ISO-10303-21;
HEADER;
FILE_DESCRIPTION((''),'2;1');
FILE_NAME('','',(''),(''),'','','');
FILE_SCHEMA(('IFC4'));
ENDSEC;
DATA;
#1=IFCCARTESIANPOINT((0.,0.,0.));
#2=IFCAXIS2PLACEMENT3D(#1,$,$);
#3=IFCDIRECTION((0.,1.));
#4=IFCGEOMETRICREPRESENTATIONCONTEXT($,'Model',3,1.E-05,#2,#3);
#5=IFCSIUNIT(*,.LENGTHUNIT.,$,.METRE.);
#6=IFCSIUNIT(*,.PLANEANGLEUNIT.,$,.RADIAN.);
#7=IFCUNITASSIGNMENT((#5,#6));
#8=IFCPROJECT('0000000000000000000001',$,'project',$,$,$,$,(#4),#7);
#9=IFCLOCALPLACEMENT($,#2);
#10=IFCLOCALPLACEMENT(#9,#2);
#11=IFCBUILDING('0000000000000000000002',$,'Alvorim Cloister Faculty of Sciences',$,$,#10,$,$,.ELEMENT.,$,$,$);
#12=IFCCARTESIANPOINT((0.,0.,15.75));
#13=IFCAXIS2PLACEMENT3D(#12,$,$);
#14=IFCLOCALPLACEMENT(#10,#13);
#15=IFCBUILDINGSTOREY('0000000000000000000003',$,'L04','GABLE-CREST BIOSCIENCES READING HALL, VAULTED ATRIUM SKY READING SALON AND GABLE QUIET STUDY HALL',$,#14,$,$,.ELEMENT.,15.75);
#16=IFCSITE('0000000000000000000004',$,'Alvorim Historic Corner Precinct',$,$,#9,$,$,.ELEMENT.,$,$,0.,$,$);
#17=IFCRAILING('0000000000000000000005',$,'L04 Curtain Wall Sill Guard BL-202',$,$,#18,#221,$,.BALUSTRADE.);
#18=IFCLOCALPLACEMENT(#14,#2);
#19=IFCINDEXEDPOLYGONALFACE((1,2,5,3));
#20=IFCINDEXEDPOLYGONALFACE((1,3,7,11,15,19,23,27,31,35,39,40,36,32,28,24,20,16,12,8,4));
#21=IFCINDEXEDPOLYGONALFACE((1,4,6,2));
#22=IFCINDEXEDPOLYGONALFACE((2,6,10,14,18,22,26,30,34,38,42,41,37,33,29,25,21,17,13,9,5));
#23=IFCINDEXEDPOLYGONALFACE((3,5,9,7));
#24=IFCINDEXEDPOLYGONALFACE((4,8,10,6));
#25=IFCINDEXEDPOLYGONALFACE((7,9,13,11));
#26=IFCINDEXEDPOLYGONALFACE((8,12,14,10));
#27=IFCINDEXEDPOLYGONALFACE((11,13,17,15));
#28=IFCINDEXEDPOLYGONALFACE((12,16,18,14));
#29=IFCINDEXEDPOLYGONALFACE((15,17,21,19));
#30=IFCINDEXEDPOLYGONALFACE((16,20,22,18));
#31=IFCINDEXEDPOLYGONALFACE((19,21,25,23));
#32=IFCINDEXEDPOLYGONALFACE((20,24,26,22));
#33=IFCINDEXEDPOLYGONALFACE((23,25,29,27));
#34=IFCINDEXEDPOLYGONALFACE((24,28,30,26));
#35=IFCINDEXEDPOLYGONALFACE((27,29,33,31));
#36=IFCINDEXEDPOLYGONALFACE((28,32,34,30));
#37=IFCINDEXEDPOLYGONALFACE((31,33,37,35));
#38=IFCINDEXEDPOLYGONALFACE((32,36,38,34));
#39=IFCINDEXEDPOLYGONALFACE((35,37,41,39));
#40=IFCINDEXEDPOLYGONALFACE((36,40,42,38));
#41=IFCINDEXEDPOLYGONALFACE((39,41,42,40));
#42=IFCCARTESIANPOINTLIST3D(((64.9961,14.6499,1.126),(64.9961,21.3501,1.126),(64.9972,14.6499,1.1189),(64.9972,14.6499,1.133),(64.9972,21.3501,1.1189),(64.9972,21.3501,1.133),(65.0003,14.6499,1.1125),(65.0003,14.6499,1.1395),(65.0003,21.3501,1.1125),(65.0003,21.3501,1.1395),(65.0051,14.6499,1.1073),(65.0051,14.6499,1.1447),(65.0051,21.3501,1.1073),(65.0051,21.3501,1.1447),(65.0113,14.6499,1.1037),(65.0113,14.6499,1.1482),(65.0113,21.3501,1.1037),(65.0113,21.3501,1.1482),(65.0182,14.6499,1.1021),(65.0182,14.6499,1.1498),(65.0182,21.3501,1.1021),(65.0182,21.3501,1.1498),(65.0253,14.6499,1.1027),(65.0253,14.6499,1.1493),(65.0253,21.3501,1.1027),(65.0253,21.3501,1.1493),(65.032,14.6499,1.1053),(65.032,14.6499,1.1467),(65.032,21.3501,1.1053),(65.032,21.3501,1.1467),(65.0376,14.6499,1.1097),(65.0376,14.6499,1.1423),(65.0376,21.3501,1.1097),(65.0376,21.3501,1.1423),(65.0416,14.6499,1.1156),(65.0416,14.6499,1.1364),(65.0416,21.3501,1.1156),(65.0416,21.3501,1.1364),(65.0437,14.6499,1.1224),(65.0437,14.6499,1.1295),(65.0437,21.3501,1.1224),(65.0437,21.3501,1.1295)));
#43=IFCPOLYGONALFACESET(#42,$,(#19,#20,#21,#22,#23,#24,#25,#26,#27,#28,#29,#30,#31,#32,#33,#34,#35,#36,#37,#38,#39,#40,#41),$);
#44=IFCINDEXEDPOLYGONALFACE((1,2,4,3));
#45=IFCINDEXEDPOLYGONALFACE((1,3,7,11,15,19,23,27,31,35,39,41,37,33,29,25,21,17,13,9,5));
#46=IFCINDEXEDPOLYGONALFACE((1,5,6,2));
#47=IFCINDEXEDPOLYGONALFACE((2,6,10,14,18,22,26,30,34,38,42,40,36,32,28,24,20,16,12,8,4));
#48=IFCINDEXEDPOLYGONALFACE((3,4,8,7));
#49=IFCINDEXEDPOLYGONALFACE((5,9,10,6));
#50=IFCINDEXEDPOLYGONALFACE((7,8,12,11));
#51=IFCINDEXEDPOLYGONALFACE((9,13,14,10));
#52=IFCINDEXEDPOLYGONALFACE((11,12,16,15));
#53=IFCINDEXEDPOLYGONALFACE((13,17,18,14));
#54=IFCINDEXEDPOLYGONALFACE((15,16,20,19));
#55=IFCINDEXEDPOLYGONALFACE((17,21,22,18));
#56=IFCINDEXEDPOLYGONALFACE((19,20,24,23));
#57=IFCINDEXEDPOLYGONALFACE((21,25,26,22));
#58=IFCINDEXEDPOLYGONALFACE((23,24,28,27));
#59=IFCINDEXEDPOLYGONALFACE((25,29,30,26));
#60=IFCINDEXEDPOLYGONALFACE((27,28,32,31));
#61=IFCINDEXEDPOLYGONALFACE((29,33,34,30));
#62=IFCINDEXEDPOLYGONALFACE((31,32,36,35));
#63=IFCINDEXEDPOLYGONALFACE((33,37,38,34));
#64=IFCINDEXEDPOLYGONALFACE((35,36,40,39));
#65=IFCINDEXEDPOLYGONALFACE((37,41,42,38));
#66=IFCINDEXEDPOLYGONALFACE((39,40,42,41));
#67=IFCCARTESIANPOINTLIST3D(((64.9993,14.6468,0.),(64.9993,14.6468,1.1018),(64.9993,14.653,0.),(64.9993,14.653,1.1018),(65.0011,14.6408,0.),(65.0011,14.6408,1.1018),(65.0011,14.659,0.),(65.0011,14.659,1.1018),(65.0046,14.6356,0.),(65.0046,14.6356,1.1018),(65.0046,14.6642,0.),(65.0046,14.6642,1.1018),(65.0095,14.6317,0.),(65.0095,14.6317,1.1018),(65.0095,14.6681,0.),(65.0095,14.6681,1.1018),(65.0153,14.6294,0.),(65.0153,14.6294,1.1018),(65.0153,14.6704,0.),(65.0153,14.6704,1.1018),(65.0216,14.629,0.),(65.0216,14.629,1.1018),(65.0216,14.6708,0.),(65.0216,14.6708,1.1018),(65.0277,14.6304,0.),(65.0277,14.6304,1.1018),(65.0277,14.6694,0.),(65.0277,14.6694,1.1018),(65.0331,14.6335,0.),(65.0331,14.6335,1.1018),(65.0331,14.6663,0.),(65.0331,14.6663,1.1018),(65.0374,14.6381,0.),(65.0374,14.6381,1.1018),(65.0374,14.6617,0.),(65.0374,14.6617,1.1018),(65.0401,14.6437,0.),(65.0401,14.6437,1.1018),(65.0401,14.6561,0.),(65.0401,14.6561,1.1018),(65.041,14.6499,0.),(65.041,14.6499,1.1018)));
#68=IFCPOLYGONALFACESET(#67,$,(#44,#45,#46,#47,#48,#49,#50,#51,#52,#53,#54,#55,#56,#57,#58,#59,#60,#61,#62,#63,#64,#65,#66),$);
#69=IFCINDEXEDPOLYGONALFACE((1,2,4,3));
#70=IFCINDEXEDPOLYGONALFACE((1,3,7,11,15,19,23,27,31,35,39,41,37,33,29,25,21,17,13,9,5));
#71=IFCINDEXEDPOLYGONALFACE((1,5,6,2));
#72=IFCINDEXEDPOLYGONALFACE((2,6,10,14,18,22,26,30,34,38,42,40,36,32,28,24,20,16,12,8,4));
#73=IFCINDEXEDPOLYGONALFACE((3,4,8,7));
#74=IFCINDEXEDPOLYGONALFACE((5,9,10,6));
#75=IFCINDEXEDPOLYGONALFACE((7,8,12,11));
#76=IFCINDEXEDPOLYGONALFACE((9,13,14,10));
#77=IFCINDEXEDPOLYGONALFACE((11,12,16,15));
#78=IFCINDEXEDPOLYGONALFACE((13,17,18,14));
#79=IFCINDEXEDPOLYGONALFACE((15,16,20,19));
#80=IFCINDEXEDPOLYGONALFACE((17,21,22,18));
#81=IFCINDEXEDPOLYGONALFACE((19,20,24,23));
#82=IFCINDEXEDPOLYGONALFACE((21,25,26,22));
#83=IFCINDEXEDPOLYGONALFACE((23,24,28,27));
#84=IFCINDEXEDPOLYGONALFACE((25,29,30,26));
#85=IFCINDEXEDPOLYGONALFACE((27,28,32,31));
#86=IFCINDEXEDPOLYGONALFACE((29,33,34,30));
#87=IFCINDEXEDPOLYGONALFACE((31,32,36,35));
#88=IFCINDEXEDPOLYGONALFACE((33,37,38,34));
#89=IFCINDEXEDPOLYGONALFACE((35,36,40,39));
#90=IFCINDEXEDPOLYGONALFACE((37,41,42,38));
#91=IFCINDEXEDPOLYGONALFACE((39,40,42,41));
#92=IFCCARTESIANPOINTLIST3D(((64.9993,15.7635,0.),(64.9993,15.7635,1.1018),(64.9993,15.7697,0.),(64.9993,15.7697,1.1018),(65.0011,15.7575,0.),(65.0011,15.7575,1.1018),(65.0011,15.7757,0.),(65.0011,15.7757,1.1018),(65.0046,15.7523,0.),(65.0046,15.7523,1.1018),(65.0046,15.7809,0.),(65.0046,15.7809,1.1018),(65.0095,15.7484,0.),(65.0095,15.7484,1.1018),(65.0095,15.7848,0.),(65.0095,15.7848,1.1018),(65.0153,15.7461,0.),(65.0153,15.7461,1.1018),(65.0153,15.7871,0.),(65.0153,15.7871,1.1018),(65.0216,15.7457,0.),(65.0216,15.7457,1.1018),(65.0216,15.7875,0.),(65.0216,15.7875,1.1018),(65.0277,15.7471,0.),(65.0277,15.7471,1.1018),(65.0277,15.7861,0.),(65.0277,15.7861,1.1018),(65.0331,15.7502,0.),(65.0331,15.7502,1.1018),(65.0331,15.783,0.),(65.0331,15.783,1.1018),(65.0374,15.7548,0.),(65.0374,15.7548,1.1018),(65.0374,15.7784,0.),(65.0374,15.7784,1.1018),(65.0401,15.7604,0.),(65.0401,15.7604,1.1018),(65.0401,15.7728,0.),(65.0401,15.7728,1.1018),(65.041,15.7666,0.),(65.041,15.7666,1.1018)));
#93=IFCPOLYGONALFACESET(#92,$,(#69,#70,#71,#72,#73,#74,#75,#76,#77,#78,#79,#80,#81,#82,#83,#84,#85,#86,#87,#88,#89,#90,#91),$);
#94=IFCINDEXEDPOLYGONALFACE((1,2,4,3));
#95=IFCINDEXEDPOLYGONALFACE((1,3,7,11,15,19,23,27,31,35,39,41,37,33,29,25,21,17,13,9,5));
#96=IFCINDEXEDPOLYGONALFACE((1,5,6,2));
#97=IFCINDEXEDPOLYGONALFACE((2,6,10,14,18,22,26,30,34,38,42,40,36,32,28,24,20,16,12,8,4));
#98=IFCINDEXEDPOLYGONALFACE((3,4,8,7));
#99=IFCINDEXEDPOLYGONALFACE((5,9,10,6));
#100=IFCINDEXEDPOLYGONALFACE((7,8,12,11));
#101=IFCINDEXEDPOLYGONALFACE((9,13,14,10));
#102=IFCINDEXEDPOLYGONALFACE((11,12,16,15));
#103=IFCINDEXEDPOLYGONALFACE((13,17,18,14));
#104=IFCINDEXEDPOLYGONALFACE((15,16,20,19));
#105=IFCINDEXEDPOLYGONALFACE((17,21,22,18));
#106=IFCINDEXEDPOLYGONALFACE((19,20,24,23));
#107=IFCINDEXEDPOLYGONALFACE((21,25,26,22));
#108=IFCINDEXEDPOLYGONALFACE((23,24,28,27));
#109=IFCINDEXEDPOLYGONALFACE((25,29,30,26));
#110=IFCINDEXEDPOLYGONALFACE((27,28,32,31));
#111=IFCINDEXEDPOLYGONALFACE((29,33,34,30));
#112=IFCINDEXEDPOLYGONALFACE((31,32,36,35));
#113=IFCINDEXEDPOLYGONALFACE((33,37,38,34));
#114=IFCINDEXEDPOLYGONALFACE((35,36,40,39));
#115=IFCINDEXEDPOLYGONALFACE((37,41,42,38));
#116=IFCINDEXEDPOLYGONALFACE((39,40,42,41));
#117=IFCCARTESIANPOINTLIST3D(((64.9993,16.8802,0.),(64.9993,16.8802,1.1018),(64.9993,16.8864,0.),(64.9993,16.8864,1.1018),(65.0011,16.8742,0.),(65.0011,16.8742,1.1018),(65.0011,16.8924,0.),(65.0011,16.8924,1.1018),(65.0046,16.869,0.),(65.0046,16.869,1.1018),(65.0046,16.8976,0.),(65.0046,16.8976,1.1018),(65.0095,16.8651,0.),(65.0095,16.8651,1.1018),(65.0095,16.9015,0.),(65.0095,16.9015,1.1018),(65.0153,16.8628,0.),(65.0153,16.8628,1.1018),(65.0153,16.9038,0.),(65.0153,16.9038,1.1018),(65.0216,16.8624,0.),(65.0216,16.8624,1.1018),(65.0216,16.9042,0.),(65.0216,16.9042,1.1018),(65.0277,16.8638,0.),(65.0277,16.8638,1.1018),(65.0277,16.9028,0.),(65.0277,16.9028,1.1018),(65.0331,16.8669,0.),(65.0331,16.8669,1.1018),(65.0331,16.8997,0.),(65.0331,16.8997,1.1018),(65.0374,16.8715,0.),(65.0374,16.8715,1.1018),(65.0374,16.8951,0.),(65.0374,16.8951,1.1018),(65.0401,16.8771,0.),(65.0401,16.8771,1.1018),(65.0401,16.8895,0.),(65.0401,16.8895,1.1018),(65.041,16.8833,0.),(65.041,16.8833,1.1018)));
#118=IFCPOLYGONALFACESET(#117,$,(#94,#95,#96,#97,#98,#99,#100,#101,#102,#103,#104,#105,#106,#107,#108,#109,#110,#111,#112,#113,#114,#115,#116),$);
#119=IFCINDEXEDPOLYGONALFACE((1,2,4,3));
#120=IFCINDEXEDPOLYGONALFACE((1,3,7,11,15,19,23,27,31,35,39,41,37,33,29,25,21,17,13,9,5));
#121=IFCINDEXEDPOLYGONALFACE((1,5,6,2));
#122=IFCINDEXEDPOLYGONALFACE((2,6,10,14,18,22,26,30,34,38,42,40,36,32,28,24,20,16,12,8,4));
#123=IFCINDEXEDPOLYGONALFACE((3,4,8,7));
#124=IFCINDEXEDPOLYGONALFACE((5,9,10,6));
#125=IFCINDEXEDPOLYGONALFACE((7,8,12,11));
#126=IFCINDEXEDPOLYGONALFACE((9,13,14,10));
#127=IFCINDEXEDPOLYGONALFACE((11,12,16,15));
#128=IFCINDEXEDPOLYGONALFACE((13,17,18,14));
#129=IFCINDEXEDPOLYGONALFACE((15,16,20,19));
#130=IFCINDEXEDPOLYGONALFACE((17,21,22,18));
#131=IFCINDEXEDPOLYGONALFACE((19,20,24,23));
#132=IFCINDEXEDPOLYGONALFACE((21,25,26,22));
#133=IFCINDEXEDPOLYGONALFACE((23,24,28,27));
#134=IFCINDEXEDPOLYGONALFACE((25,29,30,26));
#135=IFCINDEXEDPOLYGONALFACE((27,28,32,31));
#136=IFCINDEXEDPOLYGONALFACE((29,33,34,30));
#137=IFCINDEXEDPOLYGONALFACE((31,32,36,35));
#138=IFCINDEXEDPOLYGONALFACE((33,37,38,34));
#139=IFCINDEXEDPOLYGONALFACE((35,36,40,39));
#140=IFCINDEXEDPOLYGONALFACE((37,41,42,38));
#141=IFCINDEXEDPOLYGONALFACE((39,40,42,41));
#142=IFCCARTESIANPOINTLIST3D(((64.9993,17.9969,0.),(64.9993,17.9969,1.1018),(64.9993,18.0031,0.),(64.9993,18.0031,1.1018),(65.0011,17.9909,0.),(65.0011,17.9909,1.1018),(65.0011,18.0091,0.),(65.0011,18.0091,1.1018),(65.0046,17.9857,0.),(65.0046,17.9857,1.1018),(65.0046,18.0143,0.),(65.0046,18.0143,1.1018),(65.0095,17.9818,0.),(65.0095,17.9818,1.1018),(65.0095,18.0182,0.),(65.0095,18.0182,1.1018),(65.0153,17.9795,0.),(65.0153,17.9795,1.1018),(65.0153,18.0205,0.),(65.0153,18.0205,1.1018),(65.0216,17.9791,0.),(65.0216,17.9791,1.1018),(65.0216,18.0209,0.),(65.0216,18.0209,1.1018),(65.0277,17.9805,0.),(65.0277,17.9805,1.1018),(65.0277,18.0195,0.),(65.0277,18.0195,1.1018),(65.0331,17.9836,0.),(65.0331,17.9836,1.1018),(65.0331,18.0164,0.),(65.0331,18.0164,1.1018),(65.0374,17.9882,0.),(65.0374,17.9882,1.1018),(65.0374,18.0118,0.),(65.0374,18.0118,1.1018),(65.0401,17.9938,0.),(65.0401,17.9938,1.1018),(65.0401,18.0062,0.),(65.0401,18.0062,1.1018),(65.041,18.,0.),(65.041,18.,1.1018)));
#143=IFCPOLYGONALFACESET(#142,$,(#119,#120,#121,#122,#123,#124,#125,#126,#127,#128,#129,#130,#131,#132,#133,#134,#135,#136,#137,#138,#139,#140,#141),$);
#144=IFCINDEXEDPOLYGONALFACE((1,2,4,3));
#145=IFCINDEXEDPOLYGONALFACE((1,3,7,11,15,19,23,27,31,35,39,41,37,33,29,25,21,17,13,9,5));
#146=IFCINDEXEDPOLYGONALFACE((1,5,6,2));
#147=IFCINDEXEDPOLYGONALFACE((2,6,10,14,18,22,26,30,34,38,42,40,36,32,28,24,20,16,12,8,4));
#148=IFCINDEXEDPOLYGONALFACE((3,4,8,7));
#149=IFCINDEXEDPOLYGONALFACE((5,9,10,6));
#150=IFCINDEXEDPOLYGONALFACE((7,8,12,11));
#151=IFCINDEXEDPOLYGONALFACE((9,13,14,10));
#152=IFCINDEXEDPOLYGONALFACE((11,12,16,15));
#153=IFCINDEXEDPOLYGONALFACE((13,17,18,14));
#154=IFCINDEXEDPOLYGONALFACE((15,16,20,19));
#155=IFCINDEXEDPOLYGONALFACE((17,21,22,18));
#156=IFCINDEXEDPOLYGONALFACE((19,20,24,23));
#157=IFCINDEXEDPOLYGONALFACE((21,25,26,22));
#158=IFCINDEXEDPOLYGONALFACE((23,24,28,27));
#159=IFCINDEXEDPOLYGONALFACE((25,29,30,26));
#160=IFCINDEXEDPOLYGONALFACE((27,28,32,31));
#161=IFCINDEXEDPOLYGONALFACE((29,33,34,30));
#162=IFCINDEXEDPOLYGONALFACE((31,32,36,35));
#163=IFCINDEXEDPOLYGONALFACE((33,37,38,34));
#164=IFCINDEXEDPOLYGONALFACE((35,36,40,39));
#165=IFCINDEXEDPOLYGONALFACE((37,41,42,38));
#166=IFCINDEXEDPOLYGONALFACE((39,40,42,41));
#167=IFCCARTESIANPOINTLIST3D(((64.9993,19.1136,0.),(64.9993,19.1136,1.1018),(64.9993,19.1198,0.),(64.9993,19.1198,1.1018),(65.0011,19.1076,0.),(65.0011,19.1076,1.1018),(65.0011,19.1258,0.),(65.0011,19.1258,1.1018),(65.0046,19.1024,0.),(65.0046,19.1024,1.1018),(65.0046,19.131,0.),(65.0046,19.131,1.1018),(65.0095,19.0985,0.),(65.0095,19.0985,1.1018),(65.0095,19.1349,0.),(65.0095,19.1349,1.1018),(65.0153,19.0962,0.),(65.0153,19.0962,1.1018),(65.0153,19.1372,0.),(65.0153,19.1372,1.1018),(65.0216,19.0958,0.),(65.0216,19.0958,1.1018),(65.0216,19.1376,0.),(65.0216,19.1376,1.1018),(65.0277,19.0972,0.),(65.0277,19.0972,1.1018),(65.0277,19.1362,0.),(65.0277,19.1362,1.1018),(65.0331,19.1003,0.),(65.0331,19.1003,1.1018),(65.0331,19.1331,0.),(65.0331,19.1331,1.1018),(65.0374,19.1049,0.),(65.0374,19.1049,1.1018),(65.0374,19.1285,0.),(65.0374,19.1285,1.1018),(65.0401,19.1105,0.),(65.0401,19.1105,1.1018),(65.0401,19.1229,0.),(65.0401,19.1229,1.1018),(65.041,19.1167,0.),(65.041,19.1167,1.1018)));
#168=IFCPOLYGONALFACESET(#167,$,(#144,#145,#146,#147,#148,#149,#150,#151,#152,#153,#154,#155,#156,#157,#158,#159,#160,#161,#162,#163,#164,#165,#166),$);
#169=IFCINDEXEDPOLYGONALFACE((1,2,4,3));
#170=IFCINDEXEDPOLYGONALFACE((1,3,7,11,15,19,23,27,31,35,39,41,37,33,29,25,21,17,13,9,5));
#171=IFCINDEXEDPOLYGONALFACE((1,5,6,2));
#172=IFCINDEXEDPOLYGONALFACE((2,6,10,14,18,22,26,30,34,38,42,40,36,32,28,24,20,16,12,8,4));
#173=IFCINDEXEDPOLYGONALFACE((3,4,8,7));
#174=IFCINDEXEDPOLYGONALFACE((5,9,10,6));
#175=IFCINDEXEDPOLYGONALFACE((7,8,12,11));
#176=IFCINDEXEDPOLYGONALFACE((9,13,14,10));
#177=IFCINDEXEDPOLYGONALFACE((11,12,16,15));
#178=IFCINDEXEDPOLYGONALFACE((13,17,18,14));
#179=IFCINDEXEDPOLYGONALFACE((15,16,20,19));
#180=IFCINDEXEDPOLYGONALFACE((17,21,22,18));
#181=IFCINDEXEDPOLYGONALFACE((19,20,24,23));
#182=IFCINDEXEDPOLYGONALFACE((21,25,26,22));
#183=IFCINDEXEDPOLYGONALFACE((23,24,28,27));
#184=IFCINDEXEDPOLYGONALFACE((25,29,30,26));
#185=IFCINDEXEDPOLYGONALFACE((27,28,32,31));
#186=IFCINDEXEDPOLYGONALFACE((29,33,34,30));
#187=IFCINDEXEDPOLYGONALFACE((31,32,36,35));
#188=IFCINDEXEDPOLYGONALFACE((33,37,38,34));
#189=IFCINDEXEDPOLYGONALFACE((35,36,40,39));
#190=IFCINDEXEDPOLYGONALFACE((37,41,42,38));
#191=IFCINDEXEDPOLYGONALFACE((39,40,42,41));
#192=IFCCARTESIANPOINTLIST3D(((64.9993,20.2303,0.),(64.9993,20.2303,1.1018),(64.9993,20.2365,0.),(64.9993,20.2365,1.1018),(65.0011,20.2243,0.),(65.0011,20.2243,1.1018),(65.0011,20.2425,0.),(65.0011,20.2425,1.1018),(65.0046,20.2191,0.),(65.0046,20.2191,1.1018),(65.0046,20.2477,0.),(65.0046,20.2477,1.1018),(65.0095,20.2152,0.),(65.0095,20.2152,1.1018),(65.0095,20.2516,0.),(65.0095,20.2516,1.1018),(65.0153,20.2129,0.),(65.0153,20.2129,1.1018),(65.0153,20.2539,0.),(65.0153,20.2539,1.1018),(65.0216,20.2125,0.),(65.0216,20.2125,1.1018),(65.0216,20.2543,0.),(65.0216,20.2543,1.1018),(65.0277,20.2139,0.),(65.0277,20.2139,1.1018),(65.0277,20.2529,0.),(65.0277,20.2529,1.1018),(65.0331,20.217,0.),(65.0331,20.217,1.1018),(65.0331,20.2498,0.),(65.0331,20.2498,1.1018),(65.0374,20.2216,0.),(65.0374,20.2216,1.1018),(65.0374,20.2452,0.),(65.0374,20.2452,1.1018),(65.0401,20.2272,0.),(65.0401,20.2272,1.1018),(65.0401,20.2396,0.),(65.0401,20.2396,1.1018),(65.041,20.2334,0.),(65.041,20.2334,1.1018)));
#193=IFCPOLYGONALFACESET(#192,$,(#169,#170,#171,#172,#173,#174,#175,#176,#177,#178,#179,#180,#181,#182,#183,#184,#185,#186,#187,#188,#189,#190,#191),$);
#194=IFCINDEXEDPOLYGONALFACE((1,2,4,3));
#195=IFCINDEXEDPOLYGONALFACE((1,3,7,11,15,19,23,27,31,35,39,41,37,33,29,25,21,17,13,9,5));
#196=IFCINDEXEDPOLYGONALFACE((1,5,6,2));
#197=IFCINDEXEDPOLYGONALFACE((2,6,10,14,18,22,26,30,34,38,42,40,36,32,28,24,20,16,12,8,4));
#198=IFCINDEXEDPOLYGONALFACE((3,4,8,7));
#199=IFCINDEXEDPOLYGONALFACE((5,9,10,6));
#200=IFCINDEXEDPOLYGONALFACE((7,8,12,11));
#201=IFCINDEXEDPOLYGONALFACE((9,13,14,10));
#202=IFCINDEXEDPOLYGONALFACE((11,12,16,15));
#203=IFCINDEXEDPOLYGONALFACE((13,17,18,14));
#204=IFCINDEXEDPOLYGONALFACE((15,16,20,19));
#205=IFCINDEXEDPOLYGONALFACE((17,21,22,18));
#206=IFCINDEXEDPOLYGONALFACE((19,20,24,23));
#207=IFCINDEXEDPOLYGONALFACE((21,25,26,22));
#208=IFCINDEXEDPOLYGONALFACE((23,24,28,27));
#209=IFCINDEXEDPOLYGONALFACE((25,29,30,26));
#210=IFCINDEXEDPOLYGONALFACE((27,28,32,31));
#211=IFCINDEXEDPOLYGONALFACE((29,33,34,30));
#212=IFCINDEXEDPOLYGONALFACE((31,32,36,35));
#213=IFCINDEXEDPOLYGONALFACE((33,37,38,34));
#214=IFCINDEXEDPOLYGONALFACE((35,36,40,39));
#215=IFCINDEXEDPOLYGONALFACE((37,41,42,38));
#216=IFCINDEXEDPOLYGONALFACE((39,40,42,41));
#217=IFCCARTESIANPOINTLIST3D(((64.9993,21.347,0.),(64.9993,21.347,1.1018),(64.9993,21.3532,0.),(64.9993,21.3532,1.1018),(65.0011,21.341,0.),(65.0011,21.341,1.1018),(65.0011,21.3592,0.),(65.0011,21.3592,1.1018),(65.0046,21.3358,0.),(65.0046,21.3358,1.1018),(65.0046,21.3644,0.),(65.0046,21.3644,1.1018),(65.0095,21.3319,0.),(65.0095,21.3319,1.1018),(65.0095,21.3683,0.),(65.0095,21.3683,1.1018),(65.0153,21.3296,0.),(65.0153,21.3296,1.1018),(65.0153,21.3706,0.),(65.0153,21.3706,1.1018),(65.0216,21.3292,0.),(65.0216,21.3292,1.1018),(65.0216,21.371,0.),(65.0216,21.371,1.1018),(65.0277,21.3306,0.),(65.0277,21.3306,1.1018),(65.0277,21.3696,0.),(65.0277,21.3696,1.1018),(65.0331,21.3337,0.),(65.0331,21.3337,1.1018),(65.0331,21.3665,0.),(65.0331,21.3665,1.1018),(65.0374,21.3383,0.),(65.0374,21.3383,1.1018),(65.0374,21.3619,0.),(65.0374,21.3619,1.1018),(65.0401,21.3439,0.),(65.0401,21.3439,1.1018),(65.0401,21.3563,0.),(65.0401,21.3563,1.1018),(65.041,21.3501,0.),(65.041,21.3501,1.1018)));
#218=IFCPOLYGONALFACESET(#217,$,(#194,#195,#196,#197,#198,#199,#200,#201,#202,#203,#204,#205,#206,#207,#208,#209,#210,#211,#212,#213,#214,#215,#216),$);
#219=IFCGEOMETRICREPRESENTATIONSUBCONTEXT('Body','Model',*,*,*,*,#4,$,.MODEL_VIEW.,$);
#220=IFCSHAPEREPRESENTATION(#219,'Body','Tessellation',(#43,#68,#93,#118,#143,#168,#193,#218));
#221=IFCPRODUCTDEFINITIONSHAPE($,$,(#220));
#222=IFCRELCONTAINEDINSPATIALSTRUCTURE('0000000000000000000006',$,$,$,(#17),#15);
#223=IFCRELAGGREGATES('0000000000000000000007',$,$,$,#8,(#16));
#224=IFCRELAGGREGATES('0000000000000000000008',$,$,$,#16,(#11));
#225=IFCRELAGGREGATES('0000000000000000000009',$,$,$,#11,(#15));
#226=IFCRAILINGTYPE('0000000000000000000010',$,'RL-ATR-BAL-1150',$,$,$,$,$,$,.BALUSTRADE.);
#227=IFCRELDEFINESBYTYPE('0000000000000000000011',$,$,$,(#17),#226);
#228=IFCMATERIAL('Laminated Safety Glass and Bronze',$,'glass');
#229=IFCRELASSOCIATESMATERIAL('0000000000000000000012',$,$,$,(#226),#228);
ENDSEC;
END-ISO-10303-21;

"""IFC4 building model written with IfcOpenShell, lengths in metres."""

from ifc_helpers import new_model, si_unit, direction, frame, origin, origin_2d, place, context, subcontext, project, spatial, circle, extrude, material, type_object, element, save


model = new_model("IFC4")

# Units and contexts
model_context = context("Model", 3, precision=1e-05, world=origin(), true_north=direction((0.0, 1.0)))
body_context = subcontext(model_context, "Body", "Model", "MODEL_VIEW")
ifc_project = project(units=[si_unit("LENGTHUNIT", "METRE"), si_unit("PLANEANGLEUNIT", "RADIAN")], contexts=[model_context])

# Site, building, storey
site_placement = place(None, origin())
site = spatial("IfcSite", under=ifc_project, at=site_placement, Name="Alvorim Historic Corner Precinct", CompositionType="ELEMENT", RefElevation=0.0)
building_placement = place(site_placement, origin())
building = spatial("IfcBuilding", under=site, at=building_placement, Name="Alvorim Cloister Faculty of Sciences", CompositionType="ELEMENT")
storey_placement = place(building_placement, frame((0.0, 0.0, 15.75)))
storey = spatial("IfcBuildingStorey", under=building, at=storey_placement, Name="L04", Description="GABLE-CREST BIOSCIENCES READING HALL, VAULTED ATRIUM SKY READING SALON AND GABLE QUIET STUDY HALL", CompositionType="ELEMENT", Elevation=15.75)

# Railing
ifc_material_1 = material(Name="Laminated Safety Glass and Bronze", Category="glass")
railing_type = type_object("IfcRailingType", Name="RL-ATR-BAL-1150", PredefinedType="BALUSTRADE", material=ifc_material_1)
railing_1_placement = place(storey_placement, frame((65.02, 14.6499, 0.0)))
element("IfcRailing", 1, at=railing_1_placement, inside=storey, type_object=railing_type, Name="L04 Curtain Wall Sill Guard BL-202", PredefinedType="BALUSTRADE", context=body_context, shape_type="SweptSolid", body=[
    extrude(circle(Radius=0.0239, at=origin_2d()), frame((0.0, 0.0, 1.126), z_axis=(0.0, 1.0, 0.0), x_axis=(-1.0, 0.0, 0.0)), (0.0, 0.0, 1.0), 6.7002),
    extrude(circle(Radius=0.021, at=origin_2d()), origin(), (0.0, 0.0, 1.0), 1.1018),
    extrude(circle(Radius=0.021, at=origin_2d()), frame((0.0, 1.1167, 0.0)), (0.0, 0.0, 1.0), 1.1018),
    extrude(circle(Radius=0.021, at=origin_2d()), frame((0.0, 2.2334, 0.0)), (0.0, 0.0, 1.0), 1.1018),
    extrude(circle(Radius=0.021, at=origin_2d()), frame((0.0, 3.3501, 0.0)), (0.0, 0.0, 1.0), 1.1018),
    extrude(circle(Radius=0.021, at=origin_2d()), frame((0.0, 4.4668, 0.0)), (0.0, 0.0, 1.0), 1.1018),
    extrude(circle(Radius=0.021, at=origin_2d()), frame((0.0, 5.5835, 0.0)), (0.0, 0.0, 1.0), 1.1018),
    extrude(circle(Radius=0.021, at=origin_2d()), frame((0.0, 6.7002, 0.0)), (0.0, 0.0, 1.0), 1.1018),
])

save(model, "model.ifc")
